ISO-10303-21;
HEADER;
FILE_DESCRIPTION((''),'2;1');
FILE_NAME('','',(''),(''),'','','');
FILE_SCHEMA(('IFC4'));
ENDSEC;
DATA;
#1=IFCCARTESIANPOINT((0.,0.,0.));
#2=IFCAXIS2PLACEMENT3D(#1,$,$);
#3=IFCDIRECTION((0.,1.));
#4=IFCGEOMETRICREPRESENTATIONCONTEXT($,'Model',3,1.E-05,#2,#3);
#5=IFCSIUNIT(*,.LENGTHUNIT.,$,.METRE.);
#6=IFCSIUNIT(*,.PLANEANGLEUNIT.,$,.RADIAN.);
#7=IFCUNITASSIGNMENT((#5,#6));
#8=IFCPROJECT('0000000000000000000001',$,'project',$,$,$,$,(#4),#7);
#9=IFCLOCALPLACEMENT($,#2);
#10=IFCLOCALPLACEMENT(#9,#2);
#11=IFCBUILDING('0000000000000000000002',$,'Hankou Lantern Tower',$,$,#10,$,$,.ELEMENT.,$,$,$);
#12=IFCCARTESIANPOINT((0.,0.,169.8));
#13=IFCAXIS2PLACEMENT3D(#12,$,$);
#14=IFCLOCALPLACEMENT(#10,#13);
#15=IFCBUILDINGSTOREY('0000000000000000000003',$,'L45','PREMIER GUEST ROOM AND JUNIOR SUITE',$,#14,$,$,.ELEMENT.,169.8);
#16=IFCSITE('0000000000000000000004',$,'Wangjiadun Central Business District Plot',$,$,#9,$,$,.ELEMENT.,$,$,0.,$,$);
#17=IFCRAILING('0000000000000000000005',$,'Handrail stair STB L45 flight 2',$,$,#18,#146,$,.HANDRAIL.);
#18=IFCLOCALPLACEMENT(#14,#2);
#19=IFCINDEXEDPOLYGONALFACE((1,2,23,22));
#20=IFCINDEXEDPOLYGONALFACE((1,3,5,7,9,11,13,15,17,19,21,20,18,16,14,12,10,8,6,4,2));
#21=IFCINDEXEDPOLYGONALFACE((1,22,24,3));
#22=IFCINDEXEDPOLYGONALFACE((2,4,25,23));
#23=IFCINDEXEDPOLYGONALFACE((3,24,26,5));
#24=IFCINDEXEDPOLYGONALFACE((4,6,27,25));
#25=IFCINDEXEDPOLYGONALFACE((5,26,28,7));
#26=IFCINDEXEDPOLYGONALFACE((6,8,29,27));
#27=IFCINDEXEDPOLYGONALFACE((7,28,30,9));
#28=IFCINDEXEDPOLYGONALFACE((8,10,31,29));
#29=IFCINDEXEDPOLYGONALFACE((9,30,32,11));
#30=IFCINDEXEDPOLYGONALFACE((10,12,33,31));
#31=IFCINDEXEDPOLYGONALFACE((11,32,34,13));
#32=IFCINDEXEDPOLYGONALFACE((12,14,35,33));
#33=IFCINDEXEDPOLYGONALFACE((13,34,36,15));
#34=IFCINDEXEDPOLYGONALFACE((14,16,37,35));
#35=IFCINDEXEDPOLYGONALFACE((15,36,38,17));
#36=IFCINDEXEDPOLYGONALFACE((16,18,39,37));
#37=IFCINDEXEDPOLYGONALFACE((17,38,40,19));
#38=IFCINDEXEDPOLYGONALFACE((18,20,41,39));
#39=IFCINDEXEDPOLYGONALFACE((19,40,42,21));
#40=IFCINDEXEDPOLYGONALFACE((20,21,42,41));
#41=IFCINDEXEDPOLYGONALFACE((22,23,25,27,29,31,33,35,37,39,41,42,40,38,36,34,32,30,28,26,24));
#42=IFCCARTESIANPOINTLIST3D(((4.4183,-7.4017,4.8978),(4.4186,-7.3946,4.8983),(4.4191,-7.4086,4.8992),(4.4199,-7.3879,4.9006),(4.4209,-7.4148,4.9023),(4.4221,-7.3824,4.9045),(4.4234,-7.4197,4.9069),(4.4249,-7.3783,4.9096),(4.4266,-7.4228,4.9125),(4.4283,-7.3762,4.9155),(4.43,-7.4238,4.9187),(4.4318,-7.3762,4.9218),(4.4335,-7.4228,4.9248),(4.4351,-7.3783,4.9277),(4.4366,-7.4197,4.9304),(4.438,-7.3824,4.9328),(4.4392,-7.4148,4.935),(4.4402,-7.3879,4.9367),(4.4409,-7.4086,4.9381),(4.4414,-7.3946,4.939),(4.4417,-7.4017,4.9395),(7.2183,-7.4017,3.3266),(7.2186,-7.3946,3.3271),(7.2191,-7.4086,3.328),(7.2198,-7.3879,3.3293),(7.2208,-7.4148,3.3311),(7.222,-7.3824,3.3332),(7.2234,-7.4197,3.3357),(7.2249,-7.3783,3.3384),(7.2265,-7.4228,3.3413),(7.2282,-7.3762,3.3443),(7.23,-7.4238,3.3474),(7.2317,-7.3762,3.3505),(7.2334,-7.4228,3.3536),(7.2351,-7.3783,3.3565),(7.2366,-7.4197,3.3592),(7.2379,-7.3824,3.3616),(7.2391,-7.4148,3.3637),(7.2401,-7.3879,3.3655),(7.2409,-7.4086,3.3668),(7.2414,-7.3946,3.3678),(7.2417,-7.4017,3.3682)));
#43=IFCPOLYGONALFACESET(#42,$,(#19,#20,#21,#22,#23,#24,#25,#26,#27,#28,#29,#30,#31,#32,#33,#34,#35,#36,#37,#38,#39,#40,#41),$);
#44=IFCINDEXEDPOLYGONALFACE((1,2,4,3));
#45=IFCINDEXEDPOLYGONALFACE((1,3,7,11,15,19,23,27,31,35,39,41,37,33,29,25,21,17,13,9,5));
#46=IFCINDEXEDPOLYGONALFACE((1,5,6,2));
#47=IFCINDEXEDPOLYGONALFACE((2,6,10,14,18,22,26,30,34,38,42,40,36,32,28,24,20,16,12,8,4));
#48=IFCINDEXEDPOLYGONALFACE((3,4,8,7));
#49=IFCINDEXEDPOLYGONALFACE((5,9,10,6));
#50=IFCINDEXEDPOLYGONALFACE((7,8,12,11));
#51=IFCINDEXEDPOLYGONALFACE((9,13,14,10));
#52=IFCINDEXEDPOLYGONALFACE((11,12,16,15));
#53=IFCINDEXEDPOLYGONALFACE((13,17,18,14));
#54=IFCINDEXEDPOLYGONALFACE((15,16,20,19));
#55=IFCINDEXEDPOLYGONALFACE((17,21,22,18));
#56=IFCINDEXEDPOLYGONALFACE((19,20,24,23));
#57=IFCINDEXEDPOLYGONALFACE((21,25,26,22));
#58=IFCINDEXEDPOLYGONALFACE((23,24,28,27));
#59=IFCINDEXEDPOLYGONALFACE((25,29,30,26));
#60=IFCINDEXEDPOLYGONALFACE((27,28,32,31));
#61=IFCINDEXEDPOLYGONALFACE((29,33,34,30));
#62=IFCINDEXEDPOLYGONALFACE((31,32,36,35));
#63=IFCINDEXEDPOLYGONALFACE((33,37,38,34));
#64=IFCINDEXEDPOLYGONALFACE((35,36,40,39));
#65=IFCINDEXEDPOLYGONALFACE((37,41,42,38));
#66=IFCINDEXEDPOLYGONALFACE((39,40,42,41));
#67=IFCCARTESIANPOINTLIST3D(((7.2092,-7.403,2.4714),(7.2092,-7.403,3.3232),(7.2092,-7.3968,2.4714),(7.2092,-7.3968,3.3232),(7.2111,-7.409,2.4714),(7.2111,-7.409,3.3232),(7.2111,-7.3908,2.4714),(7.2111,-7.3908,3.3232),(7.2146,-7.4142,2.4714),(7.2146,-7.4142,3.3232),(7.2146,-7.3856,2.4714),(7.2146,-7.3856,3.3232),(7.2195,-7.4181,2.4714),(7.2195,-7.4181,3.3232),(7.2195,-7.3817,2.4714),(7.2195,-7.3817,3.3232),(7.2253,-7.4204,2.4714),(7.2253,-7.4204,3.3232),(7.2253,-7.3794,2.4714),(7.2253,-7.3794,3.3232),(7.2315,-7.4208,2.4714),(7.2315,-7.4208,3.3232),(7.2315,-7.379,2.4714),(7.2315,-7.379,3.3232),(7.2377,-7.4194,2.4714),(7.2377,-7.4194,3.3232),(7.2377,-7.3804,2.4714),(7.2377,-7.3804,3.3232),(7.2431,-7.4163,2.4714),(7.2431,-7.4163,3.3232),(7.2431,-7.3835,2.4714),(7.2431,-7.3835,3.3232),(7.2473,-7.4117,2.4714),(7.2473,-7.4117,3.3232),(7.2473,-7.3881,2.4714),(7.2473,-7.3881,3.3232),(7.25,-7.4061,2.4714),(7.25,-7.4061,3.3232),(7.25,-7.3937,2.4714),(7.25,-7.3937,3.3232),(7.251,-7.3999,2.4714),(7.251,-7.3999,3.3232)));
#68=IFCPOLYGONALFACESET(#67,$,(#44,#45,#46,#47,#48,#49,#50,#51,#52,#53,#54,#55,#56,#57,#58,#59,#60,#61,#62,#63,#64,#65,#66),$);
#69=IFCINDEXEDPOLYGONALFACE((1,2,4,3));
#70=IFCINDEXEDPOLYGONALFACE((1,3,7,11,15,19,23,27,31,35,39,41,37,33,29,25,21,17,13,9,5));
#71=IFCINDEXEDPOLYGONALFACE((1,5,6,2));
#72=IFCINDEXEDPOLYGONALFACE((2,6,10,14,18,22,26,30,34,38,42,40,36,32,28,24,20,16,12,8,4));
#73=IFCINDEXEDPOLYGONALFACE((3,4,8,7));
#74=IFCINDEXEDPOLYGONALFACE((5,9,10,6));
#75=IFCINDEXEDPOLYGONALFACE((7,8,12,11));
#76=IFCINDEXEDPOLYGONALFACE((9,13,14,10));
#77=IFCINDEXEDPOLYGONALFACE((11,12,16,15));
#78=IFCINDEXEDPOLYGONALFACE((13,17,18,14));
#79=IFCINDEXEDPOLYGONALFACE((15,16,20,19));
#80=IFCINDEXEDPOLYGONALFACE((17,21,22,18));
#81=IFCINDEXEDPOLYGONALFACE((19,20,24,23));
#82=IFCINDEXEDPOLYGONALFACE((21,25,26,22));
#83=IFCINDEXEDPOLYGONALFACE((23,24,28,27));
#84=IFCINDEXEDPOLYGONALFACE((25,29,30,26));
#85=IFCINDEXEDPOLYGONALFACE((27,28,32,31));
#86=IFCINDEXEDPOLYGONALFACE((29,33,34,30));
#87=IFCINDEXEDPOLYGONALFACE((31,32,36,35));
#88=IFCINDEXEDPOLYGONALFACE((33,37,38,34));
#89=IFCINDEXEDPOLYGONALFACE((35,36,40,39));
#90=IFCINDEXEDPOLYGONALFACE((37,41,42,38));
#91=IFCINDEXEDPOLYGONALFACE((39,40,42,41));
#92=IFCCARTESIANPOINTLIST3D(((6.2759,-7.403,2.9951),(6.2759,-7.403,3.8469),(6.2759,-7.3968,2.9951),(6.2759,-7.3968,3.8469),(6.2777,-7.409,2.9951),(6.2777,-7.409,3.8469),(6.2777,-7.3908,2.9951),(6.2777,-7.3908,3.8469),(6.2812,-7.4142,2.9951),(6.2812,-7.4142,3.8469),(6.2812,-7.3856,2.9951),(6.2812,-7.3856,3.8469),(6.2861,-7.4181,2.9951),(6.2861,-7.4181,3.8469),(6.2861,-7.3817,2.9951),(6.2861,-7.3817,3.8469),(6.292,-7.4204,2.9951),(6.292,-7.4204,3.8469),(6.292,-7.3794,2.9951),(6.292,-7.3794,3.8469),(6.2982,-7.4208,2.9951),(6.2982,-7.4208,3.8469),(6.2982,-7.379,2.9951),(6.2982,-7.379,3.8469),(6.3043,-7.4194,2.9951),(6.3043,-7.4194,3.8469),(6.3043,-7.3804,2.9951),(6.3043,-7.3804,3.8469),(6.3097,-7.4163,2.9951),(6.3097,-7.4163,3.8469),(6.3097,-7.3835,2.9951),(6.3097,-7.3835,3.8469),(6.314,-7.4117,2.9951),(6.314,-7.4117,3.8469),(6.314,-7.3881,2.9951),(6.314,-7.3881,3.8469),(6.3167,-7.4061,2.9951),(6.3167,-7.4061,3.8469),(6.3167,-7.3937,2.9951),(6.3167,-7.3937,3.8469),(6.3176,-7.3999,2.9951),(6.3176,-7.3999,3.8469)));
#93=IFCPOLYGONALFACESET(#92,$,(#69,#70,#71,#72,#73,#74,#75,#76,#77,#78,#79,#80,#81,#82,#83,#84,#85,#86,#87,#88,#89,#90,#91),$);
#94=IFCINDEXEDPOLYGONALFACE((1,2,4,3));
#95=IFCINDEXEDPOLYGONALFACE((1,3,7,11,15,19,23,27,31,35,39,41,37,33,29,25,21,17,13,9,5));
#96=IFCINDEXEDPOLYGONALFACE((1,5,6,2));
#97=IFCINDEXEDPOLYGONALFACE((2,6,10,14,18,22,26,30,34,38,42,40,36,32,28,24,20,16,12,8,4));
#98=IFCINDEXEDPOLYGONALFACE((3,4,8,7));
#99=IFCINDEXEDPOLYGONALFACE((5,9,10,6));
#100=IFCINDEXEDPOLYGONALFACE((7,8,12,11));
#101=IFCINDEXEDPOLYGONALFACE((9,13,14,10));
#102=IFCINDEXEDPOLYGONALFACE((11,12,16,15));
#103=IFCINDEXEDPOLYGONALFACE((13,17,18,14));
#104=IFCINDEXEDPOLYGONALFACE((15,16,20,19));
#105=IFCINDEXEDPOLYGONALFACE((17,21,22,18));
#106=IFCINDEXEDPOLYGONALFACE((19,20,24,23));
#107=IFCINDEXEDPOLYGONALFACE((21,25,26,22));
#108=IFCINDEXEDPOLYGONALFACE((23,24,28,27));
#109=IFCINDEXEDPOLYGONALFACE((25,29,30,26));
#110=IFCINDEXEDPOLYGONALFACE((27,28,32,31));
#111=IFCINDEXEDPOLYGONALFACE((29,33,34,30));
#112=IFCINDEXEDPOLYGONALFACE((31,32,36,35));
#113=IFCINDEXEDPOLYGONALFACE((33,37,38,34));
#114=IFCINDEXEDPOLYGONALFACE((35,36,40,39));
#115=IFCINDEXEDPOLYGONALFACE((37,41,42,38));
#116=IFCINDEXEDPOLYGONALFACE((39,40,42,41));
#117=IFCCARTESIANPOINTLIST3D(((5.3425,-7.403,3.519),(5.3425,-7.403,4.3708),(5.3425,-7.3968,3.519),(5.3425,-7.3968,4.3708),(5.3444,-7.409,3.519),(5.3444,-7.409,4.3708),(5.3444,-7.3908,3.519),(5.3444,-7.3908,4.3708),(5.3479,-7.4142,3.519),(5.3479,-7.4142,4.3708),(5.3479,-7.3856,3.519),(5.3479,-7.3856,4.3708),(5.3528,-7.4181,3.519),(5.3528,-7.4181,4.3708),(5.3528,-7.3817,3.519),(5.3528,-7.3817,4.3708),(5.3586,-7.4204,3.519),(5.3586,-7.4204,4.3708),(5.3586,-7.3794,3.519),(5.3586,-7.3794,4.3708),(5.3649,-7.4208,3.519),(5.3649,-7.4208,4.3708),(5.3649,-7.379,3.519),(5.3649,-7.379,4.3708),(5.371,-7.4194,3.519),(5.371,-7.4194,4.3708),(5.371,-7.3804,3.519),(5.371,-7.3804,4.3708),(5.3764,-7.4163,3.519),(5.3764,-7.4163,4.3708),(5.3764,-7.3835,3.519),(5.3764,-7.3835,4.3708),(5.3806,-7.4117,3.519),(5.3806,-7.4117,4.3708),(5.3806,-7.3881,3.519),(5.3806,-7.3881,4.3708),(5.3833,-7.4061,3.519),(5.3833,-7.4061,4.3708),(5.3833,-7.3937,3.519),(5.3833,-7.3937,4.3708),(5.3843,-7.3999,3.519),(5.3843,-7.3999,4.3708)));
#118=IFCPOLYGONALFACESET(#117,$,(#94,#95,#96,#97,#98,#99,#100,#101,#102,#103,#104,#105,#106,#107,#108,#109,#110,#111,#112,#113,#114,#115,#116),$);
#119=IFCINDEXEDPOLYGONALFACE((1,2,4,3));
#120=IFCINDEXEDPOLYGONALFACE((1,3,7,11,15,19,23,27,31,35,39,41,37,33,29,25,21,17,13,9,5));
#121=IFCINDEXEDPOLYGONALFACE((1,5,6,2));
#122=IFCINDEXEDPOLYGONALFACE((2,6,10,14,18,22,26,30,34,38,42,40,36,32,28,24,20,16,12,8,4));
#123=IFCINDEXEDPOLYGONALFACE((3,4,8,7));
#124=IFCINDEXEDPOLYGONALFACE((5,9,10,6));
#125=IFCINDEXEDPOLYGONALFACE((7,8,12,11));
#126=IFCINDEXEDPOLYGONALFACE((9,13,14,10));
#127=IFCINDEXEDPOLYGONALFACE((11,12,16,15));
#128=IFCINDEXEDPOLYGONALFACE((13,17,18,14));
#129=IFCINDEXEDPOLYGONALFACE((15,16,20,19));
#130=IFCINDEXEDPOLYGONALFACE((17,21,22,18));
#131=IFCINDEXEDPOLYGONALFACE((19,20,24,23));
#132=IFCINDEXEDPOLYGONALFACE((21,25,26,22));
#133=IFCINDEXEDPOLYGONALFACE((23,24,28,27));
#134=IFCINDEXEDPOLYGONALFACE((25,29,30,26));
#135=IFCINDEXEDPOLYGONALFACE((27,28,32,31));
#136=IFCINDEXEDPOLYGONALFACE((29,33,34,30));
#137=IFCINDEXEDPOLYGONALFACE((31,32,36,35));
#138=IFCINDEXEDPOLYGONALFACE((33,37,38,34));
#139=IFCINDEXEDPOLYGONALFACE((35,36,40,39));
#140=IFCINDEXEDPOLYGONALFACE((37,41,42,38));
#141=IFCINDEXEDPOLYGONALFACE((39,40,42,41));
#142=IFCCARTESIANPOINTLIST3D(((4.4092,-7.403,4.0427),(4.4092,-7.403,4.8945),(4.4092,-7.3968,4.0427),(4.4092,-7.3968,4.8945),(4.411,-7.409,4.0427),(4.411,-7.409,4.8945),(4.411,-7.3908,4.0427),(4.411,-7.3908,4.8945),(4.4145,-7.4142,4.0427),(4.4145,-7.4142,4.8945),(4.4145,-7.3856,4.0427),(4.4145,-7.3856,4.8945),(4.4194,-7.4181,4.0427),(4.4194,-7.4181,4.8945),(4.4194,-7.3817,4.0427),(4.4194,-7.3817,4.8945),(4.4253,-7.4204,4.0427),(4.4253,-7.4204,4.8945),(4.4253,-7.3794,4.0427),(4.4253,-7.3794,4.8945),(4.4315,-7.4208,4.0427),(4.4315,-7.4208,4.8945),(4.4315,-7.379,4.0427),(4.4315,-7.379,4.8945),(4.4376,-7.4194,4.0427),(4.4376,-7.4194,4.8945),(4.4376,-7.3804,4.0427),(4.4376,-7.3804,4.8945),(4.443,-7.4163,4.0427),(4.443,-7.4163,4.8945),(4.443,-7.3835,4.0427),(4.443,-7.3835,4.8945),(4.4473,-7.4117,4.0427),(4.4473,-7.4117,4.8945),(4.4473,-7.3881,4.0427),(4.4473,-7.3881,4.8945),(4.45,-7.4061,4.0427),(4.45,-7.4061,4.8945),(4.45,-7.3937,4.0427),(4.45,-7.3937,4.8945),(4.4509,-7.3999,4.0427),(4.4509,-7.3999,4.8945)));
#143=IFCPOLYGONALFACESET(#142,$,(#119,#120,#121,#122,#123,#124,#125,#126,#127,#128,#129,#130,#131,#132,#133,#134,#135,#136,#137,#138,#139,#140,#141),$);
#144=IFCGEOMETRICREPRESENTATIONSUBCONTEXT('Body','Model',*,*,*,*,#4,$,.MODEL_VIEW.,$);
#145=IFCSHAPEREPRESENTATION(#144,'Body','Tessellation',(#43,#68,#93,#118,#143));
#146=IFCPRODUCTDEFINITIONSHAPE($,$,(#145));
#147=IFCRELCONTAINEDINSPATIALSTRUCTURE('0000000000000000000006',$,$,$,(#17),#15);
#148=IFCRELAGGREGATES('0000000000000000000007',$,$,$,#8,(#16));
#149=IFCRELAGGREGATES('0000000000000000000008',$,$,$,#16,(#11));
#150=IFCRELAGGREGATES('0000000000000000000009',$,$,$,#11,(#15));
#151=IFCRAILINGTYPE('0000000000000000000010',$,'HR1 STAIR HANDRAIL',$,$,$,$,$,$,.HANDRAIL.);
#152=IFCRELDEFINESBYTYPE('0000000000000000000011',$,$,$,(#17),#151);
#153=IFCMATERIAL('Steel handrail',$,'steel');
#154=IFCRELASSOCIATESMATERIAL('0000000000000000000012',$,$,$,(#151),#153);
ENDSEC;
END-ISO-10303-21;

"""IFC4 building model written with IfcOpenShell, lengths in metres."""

from ifc_helpers import new_model, si_unit, direction, frame, origin, origin_2d, place, context, subcontext, project, spatial, circle, extrude, material, type_object, element, save


model = new_model("IFC4")

# Units and contexts
model_context = context("Model", 3, precision=1e-05, world=origin(), true_north=direction((0.0, 1.0)))
body_context = subcontext(model_context, "Body", "Model", "MODEL_VIEW")
ifc_project = project(units=[si_unit("LENGTHUNIT", "METRE"), si_unit("PLANEANGLEUNIT", "RADIAN")], contexts=[model_context])

# Site, building, storey
site_placement = place(None, origin())
site = spatial("IfcSite", under=ifc_project, at=site_placement, Name="Wangjiadun Central Business District Plot", CompositionType="ELEMENT", RefElevation=0.0)
building_placement = place(site_placement, origin())
building = spatial("IfcBuilding", under=site, at=building_placement, Name="Hankou Lantern Tower", CompositionType="ELEMENT")
storey_placement = place(building_placement, frame((0.0, 0.0, 169.8)))
storey = spatial("IfcBuildingStorey", under=building, at=storey_placement, Name="L45", Description="PREMIER GUEST ROOM AND JUNIOR SUITE", CompositionType="ELEMENT", Elevation=169.8)

# Railing
ifc_material_1 = material(Name="Steel handrail", Category="steel")
railing_type = type_object("IfcRailingType", Name="HR1 STAIR HANDRAIL", PredefinedType="HANDRAIL", material=ifc_material_1)
railing_1_placement = place(storey_placement, frame((7.23, -7.3999, 2.4714)))
element("IfcRailing", 1, at=railing_1_placement, inside=storey, type_object=railing_type, Name="Handrail stair STB L45 flight 2", PredefinedType="HANDRAIL", context=body_context, shape_type="SweptSolid", body=[
    extrude(circle(Radius=0.0239, at=origin_2d()), frame((0.0, 0.0, 0.876), z_axis=(-0.872073, 0.0, 0.489377), x_axis=(0.0, -1.0, 0.0)), (0.0, 0.0, 1.0), 3.2107),
    extrude(circle(Radius=0.021, at=origin_2d()), origin(), (0.0, 0.0, 1.0), 0.8518),
    extrude(circle(Radius=0.021, at=origin_2d()), frame((-0.9333, 0.0, 0.5237)), (0.0, 0.0, 1.0), 0.8518),
    extrude(circle(Radius=0.021, at=origin_2d()), frame((-1.8667, 0.0, 1.0476)), (0.0, 0.0, 1.0), 0.8518),
    extrude(circle(Radius=0.021, at=origin_2d()), frame((-2.8, 0.0, 1.5713)), (0.0, 0.0, 1.0), 0.8518),
])

save(model, "model.ifc")
